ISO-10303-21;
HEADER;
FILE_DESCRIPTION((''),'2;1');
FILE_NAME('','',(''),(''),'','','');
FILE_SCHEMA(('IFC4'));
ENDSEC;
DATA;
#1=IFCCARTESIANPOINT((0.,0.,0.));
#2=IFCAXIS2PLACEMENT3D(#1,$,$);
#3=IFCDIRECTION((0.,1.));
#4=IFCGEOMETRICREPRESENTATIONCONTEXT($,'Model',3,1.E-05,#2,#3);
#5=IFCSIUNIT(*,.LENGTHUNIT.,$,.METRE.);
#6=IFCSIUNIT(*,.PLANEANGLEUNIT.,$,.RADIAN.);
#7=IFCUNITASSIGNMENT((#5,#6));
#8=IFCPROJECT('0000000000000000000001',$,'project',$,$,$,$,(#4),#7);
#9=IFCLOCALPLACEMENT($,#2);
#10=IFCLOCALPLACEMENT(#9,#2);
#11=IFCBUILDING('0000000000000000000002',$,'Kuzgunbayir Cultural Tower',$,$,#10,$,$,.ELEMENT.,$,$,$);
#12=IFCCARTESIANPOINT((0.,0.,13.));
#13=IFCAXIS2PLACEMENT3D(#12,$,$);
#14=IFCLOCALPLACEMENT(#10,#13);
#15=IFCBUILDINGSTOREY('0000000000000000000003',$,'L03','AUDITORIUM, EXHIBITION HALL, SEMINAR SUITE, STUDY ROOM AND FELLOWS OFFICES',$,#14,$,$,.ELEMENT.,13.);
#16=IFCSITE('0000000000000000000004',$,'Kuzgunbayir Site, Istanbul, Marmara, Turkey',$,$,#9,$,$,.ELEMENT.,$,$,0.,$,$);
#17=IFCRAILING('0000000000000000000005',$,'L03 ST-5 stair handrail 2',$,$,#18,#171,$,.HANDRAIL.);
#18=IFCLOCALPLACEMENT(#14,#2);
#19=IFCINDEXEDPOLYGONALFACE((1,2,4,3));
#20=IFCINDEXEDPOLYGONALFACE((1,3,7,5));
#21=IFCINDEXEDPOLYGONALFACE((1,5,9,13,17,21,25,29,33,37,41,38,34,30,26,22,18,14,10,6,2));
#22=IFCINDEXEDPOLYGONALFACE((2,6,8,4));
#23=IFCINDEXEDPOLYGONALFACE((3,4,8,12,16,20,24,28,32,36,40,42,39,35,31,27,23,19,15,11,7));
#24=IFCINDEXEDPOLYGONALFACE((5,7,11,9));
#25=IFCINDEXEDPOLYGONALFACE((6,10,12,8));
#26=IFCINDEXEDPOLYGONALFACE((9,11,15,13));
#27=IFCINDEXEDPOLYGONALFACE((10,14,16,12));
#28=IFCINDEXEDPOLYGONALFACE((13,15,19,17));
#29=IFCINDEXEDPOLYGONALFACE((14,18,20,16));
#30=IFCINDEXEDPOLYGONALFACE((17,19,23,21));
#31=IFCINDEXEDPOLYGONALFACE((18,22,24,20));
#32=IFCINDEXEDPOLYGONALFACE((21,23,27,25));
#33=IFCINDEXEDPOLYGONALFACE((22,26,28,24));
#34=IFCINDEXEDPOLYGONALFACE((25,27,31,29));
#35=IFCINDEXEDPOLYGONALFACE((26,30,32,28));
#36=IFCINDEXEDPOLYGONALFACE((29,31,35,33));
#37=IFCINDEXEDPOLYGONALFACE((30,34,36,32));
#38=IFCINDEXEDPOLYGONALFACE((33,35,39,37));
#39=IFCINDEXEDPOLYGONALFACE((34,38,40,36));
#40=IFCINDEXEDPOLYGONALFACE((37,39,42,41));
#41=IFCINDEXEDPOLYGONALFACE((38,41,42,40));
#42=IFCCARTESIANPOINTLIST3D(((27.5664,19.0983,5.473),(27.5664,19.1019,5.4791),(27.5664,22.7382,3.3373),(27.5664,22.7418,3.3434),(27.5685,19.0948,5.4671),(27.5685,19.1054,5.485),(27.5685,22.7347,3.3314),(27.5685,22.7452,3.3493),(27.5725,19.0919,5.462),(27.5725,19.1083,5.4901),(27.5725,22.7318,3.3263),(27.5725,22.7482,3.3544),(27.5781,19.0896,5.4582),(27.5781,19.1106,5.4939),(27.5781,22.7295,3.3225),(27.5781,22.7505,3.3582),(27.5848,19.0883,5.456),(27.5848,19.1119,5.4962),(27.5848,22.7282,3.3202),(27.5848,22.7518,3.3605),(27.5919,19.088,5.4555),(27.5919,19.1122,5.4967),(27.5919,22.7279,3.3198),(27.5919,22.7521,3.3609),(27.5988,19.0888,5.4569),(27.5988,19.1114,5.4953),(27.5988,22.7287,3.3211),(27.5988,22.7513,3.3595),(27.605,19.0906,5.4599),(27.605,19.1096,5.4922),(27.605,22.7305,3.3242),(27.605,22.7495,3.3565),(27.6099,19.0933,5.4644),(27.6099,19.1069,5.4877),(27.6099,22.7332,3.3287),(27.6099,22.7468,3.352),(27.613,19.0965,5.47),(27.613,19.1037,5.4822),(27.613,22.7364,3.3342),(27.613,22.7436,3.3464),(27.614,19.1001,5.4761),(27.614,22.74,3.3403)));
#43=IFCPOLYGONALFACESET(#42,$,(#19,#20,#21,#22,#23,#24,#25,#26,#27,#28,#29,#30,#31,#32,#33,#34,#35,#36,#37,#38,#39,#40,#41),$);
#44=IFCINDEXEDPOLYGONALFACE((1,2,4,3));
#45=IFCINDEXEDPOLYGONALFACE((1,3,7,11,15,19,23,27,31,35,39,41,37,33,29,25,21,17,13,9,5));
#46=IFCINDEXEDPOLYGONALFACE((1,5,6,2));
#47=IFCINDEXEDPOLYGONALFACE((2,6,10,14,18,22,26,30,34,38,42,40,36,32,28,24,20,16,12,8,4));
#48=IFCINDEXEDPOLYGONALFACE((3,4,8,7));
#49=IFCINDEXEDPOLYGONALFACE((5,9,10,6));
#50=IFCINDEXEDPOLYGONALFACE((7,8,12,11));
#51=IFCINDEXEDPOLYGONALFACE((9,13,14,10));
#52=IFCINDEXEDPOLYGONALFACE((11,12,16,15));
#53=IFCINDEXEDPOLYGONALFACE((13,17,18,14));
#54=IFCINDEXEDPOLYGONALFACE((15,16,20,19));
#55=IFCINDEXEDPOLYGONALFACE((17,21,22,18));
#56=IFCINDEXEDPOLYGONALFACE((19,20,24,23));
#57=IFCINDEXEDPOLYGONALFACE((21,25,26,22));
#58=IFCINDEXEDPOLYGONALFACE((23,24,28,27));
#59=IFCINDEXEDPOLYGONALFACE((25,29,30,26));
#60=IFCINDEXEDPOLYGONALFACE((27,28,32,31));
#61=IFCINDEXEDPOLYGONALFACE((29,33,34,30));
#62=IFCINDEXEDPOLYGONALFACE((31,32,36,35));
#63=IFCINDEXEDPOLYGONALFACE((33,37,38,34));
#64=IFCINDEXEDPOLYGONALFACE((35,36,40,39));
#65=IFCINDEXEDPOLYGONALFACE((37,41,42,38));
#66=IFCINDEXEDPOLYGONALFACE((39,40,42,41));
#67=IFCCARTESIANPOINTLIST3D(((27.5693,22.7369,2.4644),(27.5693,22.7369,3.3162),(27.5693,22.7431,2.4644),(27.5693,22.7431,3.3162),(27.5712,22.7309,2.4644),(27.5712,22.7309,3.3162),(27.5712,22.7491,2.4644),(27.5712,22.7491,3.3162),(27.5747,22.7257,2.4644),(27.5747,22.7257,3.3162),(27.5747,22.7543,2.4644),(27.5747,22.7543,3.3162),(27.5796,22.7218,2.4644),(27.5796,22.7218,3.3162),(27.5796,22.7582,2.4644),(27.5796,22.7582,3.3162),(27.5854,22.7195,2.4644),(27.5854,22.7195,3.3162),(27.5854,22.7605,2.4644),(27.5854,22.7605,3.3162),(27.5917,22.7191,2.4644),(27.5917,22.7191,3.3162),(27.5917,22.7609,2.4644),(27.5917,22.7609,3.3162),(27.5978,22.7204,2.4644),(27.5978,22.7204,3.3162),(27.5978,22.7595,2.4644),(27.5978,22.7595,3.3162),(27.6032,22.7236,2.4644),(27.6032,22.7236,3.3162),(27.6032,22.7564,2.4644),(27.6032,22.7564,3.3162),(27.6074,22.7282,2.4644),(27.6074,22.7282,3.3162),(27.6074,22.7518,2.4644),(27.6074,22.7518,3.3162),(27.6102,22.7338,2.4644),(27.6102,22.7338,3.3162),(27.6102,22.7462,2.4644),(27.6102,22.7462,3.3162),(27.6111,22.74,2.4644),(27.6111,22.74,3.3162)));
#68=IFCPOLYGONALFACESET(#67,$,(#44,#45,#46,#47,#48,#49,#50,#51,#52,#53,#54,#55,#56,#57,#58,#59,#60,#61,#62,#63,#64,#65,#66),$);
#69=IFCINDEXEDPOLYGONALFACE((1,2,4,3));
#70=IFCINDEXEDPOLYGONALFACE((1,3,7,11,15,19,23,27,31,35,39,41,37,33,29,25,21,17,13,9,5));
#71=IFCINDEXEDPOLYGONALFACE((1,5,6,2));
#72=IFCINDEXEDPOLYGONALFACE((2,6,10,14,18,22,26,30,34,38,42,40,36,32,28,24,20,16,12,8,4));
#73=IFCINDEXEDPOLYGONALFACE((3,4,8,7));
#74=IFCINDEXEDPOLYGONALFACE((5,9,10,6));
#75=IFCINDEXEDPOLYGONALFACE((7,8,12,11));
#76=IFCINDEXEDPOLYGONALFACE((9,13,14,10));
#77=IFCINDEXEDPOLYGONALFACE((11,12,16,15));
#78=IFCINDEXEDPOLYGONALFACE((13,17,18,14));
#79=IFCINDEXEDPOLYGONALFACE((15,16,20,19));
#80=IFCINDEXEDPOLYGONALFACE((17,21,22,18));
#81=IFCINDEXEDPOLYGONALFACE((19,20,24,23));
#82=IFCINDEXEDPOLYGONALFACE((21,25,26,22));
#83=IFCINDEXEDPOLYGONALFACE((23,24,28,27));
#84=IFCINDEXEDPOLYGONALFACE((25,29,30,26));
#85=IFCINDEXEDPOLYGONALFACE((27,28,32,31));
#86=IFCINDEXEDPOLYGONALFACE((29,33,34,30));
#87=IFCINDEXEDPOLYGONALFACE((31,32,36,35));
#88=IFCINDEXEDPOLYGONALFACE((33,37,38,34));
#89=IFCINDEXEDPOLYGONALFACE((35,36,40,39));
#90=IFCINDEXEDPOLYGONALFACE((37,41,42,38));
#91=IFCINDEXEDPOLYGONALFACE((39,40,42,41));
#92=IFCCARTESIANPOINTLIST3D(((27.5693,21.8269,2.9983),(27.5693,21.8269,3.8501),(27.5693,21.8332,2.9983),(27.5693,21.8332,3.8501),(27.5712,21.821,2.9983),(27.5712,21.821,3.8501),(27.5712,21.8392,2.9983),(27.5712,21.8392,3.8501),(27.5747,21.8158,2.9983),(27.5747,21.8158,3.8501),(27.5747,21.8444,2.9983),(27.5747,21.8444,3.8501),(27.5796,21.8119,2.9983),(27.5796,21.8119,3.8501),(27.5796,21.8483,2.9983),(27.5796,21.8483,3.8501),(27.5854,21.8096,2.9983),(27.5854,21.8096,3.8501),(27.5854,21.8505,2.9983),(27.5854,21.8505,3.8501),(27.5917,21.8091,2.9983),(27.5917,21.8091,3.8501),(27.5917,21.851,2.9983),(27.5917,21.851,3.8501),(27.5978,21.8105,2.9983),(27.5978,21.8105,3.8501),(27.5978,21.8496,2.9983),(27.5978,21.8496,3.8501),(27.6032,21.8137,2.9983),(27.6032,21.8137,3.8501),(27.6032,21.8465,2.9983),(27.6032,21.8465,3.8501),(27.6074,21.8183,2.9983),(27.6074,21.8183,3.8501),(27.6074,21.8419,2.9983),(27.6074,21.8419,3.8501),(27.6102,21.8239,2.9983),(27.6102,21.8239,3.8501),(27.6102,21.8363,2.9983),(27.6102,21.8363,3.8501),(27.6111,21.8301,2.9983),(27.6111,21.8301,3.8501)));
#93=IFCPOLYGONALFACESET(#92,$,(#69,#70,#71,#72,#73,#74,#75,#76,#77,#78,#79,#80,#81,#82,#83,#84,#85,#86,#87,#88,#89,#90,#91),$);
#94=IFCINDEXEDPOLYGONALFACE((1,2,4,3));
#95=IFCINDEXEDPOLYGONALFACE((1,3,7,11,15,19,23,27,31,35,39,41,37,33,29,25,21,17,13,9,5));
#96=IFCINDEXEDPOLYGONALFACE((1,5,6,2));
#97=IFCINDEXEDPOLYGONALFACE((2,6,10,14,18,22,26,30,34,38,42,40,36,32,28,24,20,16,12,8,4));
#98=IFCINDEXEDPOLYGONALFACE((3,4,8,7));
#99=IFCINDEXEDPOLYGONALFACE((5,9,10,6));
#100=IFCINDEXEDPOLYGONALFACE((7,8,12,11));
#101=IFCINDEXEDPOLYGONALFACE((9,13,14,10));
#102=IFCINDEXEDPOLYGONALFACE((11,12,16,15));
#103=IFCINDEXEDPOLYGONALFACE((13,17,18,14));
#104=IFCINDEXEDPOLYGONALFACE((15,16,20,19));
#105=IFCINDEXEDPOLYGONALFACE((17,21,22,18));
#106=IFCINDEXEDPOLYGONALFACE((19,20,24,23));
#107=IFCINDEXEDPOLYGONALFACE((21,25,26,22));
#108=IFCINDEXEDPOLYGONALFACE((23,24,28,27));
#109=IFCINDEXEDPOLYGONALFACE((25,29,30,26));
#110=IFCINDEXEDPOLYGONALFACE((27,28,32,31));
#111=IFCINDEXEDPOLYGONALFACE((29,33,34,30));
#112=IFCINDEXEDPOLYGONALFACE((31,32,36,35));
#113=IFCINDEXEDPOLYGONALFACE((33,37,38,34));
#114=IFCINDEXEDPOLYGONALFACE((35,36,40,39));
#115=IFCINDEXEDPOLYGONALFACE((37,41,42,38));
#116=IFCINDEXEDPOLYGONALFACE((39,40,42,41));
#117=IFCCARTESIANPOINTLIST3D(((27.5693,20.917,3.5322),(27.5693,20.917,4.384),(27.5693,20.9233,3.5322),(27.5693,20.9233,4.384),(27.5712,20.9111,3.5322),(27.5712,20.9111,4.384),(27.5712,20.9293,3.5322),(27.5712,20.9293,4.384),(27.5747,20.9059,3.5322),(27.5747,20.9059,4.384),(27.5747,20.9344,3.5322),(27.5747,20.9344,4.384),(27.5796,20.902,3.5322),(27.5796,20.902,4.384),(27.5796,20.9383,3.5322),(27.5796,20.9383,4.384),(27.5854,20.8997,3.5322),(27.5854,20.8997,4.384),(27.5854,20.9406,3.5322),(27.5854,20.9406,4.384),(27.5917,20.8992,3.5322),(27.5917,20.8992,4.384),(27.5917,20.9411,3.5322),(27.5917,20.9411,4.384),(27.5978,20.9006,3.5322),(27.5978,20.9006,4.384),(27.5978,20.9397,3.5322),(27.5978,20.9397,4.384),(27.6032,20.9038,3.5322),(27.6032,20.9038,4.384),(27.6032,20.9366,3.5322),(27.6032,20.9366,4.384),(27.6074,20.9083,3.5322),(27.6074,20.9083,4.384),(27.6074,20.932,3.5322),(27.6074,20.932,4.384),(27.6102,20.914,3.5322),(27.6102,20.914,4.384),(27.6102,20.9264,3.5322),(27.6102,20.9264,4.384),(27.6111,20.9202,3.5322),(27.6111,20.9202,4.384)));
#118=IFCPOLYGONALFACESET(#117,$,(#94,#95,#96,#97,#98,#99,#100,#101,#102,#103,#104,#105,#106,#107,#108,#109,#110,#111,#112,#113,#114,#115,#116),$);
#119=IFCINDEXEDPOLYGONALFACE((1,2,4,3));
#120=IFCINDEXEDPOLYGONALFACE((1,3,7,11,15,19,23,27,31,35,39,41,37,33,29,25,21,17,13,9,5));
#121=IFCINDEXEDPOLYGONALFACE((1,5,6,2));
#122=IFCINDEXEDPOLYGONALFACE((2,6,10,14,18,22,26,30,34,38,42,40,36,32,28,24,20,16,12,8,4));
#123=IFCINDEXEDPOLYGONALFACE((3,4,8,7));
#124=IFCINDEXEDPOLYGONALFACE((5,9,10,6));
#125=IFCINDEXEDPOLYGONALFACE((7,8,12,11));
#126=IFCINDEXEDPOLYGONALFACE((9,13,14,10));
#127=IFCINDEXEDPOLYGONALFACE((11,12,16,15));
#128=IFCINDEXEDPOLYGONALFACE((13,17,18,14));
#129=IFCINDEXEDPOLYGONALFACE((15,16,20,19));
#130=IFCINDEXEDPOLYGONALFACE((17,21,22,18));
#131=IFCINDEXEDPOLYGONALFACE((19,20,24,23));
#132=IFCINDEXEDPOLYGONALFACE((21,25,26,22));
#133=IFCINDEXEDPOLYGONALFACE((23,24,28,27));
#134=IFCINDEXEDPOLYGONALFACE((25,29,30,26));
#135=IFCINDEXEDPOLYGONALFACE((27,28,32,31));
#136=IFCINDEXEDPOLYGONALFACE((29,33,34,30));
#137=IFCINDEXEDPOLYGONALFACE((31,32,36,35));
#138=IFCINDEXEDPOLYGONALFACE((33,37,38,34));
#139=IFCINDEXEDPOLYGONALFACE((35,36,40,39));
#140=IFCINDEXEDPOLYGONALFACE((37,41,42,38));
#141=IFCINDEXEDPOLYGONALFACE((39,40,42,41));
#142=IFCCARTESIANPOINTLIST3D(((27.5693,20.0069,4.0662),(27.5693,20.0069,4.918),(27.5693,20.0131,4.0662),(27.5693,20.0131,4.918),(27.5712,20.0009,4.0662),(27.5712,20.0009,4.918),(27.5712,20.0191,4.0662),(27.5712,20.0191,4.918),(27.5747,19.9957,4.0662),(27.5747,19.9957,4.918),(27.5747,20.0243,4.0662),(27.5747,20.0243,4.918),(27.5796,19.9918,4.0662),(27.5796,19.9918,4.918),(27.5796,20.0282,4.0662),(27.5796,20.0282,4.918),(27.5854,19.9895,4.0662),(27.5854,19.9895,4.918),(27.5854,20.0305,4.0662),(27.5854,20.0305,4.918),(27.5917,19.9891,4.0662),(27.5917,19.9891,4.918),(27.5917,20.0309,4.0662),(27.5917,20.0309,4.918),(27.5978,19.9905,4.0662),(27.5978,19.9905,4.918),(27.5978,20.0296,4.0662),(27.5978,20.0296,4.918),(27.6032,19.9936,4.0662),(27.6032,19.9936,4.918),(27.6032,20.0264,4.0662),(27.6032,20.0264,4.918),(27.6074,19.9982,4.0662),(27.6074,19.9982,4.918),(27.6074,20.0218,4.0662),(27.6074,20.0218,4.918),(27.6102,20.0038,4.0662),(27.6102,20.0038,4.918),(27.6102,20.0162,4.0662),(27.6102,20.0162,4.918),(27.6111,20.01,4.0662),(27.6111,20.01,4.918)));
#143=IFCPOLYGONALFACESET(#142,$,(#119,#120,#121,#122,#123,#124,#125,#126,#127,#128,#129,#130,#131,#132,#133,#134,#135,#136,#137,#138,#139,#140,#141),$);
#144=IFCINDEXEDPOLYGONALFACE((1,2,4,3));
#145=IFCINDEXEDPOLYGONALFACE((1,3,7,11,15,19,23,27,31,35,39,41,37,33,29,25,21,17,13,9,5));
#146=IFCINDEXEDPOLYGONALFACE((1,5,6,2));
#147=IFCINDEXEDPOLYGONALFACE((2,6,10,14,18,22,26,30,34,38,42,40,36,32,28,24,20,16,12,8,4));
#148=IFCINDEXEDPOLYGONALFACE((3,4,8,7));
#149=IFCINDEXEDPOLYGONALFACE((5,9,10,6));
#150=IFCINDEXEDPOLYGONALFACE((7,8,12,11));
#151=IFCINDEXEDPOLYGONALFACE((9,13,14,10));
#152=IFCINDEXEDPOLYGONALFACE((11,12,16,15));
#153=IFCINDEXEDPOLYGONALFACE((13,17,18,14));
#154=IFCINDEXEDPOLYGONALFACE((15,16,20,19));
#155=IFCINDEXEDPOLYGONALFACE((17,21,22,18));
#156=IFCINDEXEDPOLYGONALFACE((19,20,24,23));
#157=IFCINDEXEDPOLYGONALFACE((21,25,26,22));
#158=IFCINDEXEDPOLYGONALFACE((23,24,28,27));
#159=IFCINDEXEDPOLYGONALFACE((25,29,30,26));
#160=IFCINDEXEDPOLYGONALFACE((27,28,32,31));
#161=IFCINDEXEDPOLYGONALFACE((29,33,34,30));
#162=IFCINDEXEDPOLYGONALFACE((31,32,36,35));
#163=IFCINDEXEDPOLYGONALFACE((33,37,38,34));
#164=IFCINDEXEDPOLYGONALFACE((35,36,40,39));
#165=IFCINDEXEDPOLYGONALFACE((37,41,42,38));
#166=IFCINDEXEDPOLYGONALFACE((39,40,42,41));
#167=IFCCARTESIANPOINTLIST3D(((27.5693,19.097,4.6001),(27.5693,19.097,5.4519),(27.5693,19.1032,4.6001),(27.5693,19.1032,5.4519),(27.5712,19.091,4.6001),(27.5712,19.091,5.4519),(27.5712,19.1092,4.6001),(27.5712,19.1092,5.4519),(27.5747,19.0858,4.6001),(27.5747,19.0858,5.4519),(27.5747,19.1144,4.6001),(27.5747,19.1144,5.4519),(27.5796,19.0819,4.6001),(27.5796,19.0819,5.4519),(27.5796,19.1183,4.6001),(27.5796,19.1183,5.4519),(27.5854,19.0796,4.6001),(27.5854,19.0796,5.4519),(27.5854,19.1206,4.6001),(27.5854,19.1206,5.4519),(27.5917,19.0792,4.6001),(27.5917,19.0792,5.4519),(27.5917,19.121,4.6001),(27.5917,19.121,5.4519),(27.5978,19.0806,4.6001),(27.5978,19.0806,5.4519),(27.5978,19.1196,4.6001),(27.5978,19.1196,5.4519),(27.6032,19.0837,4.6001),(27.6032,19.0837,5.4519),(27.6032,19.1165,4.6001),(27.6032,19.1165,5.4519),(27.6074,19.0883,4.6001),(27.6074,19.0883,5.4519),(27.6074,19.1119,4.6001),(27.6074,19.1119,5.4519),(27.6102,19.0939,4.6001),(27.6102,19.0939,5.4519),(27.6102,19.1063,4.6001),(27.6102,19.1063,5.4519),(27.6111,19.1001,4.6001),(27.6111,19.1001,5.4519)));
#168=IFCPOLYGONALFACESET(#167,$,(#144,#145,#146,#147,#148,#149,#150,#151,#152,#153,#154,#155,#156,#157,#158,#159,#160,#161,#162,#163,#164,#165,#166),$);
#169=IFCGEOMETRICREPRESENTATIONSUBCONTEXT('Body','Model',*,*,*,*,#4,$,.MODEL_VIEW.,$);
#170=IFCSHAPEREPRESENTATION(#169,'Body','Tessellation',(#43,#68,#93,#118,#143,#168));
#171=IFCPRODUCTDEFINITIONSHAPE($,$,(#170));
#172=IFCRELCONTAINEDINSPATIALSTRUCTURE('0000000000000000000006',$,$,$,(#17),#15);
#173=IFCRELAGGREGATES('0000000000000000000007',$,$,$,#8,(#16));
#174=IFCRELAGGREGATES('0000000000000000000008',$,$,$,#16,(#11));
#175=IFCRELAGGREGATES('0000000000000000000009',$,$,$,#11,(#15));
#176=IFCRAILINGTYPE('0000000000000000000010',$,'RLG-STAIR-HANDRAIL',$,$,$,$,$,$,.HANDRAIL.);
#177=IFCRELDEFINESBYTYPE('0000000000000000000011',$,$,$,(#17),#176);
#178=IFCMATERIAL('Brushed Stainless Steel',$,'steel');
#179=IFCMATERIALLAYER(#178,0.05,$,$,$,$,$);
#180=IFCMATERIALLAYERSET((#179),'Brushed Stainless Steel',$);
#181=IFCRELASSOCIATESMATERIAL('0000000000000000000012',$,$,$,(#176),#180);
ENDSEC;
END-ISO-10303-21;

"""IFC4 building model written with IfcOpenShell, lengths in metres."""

from ifc_helpers import new_model, si_unit, direction, frame, origin, origin_2d, place, context, subcontext, project, spatial, circle, extrude, material, layer, layer_set, type_object, element, save


model = new_model("IFC4")

# Units and contexts
model_context = context("Model", 3, precision=1e-05, world=origin(), true_north=direction((0.0, 1.0)))
body_context = subcontext(model_context, "Body", "Model", "MODEL_VIEW")
ifc_project = project(units=[si_unit("LENGTHUNIT", "METRE"), si_unit("PLANEANGLEUNIT", "RADIAN")], contexts=[model_context])

# Site, building, storey
site_placement = place(None, origin())
site = spatial("IfcSite", under=ifc_project, at=site_placement, Name="Kuzgunbayir Site, Istanbul, Marmara, Turkey", CompositionType="ELEMENT", RefElevation=0.0)
building_placement = place(site_placement, origin())
building = spatial("IfcBuilding", under=site, at=building_placement, Name="Kuzgunbayir Cultural Tower", CompositionType="ELEMENT")
storey_placement = place(building_placement, frame((0.0, 0.0, 13.0)))
storey = spatial("IfcBuildingStorey", under=building, at=storey_placement, Name="L03", Description="AUDITORIUM, EXHIBITION HALL, SEMINAR SUITE, STUDY ROOM AND FELLOWS OFFICES", CompositionType="ELEMENT", Elevation=13.0)

# Railing
ifc_material_1 = material(Name="Brushed Stainless Steel", Category="steel")
ifc_layer_1 = layer(ifc_material_1, 0.05)
ifc_layer_set_1 = layer_set([ifc_layer_1], Name="Brushed Stainless Steel")
railing_type_1 = type_object("IfcRailingType", Name="RLG-STAIR-HANDRAIL", PredefinedType="HANDRAIL", material=ifc_layer_set_1)
railing_1_placement = place(storey_placement, frame((27.5901, 22.74, 2.4644)))
element("IfcRailing", 1, at=railing_1_placement, inside=storey, type_object=railing_type_1, Name="L03 ST-5 stair handrail 2", PredefinedType="HANDRAIL", context=body_context, shape_type="SweptSolid", body=[
    extrude(circle(Radius=0.0239, at=origin_2d()), frame((0.0, 0.0, 0.876), z_axis=(0.0, -0.86249, 0.506074), x_axis=(1.0, 0.0, 0.0)), (0.0, 0.0, 1.0), 4.2202),
    extrude(circle(Radius=0.021, at=origin_2d()), origin(), (0.0, 0.0, 1.0), 0.8518),
    extrude(circle(Radius=0.021, at=origin_2d()), frame((0.0, -0.9099, 0.5339)), (0.0, 0.0, 1.0), 0.8518),
    extrude(circle(Radius=0.021, at=origin_2d()), frame((0.0, -1.8198, 1.0679)), (0.0, 0.0, 1.0), 0.8518),
    extrude(circle(Radius=0.021, at=origin_2d()), frame((0.0, -2.73, 1.6018)), (0.0, 0.0, 1.0), 0.8518),
    extrude(circle(Radius=0.021, at=origin_2d()), frame((0.0, -3.6399, 2.1357)), (0.0, 0.0, 1.0), 0.8518),
])

save(model, "model.ifc")
